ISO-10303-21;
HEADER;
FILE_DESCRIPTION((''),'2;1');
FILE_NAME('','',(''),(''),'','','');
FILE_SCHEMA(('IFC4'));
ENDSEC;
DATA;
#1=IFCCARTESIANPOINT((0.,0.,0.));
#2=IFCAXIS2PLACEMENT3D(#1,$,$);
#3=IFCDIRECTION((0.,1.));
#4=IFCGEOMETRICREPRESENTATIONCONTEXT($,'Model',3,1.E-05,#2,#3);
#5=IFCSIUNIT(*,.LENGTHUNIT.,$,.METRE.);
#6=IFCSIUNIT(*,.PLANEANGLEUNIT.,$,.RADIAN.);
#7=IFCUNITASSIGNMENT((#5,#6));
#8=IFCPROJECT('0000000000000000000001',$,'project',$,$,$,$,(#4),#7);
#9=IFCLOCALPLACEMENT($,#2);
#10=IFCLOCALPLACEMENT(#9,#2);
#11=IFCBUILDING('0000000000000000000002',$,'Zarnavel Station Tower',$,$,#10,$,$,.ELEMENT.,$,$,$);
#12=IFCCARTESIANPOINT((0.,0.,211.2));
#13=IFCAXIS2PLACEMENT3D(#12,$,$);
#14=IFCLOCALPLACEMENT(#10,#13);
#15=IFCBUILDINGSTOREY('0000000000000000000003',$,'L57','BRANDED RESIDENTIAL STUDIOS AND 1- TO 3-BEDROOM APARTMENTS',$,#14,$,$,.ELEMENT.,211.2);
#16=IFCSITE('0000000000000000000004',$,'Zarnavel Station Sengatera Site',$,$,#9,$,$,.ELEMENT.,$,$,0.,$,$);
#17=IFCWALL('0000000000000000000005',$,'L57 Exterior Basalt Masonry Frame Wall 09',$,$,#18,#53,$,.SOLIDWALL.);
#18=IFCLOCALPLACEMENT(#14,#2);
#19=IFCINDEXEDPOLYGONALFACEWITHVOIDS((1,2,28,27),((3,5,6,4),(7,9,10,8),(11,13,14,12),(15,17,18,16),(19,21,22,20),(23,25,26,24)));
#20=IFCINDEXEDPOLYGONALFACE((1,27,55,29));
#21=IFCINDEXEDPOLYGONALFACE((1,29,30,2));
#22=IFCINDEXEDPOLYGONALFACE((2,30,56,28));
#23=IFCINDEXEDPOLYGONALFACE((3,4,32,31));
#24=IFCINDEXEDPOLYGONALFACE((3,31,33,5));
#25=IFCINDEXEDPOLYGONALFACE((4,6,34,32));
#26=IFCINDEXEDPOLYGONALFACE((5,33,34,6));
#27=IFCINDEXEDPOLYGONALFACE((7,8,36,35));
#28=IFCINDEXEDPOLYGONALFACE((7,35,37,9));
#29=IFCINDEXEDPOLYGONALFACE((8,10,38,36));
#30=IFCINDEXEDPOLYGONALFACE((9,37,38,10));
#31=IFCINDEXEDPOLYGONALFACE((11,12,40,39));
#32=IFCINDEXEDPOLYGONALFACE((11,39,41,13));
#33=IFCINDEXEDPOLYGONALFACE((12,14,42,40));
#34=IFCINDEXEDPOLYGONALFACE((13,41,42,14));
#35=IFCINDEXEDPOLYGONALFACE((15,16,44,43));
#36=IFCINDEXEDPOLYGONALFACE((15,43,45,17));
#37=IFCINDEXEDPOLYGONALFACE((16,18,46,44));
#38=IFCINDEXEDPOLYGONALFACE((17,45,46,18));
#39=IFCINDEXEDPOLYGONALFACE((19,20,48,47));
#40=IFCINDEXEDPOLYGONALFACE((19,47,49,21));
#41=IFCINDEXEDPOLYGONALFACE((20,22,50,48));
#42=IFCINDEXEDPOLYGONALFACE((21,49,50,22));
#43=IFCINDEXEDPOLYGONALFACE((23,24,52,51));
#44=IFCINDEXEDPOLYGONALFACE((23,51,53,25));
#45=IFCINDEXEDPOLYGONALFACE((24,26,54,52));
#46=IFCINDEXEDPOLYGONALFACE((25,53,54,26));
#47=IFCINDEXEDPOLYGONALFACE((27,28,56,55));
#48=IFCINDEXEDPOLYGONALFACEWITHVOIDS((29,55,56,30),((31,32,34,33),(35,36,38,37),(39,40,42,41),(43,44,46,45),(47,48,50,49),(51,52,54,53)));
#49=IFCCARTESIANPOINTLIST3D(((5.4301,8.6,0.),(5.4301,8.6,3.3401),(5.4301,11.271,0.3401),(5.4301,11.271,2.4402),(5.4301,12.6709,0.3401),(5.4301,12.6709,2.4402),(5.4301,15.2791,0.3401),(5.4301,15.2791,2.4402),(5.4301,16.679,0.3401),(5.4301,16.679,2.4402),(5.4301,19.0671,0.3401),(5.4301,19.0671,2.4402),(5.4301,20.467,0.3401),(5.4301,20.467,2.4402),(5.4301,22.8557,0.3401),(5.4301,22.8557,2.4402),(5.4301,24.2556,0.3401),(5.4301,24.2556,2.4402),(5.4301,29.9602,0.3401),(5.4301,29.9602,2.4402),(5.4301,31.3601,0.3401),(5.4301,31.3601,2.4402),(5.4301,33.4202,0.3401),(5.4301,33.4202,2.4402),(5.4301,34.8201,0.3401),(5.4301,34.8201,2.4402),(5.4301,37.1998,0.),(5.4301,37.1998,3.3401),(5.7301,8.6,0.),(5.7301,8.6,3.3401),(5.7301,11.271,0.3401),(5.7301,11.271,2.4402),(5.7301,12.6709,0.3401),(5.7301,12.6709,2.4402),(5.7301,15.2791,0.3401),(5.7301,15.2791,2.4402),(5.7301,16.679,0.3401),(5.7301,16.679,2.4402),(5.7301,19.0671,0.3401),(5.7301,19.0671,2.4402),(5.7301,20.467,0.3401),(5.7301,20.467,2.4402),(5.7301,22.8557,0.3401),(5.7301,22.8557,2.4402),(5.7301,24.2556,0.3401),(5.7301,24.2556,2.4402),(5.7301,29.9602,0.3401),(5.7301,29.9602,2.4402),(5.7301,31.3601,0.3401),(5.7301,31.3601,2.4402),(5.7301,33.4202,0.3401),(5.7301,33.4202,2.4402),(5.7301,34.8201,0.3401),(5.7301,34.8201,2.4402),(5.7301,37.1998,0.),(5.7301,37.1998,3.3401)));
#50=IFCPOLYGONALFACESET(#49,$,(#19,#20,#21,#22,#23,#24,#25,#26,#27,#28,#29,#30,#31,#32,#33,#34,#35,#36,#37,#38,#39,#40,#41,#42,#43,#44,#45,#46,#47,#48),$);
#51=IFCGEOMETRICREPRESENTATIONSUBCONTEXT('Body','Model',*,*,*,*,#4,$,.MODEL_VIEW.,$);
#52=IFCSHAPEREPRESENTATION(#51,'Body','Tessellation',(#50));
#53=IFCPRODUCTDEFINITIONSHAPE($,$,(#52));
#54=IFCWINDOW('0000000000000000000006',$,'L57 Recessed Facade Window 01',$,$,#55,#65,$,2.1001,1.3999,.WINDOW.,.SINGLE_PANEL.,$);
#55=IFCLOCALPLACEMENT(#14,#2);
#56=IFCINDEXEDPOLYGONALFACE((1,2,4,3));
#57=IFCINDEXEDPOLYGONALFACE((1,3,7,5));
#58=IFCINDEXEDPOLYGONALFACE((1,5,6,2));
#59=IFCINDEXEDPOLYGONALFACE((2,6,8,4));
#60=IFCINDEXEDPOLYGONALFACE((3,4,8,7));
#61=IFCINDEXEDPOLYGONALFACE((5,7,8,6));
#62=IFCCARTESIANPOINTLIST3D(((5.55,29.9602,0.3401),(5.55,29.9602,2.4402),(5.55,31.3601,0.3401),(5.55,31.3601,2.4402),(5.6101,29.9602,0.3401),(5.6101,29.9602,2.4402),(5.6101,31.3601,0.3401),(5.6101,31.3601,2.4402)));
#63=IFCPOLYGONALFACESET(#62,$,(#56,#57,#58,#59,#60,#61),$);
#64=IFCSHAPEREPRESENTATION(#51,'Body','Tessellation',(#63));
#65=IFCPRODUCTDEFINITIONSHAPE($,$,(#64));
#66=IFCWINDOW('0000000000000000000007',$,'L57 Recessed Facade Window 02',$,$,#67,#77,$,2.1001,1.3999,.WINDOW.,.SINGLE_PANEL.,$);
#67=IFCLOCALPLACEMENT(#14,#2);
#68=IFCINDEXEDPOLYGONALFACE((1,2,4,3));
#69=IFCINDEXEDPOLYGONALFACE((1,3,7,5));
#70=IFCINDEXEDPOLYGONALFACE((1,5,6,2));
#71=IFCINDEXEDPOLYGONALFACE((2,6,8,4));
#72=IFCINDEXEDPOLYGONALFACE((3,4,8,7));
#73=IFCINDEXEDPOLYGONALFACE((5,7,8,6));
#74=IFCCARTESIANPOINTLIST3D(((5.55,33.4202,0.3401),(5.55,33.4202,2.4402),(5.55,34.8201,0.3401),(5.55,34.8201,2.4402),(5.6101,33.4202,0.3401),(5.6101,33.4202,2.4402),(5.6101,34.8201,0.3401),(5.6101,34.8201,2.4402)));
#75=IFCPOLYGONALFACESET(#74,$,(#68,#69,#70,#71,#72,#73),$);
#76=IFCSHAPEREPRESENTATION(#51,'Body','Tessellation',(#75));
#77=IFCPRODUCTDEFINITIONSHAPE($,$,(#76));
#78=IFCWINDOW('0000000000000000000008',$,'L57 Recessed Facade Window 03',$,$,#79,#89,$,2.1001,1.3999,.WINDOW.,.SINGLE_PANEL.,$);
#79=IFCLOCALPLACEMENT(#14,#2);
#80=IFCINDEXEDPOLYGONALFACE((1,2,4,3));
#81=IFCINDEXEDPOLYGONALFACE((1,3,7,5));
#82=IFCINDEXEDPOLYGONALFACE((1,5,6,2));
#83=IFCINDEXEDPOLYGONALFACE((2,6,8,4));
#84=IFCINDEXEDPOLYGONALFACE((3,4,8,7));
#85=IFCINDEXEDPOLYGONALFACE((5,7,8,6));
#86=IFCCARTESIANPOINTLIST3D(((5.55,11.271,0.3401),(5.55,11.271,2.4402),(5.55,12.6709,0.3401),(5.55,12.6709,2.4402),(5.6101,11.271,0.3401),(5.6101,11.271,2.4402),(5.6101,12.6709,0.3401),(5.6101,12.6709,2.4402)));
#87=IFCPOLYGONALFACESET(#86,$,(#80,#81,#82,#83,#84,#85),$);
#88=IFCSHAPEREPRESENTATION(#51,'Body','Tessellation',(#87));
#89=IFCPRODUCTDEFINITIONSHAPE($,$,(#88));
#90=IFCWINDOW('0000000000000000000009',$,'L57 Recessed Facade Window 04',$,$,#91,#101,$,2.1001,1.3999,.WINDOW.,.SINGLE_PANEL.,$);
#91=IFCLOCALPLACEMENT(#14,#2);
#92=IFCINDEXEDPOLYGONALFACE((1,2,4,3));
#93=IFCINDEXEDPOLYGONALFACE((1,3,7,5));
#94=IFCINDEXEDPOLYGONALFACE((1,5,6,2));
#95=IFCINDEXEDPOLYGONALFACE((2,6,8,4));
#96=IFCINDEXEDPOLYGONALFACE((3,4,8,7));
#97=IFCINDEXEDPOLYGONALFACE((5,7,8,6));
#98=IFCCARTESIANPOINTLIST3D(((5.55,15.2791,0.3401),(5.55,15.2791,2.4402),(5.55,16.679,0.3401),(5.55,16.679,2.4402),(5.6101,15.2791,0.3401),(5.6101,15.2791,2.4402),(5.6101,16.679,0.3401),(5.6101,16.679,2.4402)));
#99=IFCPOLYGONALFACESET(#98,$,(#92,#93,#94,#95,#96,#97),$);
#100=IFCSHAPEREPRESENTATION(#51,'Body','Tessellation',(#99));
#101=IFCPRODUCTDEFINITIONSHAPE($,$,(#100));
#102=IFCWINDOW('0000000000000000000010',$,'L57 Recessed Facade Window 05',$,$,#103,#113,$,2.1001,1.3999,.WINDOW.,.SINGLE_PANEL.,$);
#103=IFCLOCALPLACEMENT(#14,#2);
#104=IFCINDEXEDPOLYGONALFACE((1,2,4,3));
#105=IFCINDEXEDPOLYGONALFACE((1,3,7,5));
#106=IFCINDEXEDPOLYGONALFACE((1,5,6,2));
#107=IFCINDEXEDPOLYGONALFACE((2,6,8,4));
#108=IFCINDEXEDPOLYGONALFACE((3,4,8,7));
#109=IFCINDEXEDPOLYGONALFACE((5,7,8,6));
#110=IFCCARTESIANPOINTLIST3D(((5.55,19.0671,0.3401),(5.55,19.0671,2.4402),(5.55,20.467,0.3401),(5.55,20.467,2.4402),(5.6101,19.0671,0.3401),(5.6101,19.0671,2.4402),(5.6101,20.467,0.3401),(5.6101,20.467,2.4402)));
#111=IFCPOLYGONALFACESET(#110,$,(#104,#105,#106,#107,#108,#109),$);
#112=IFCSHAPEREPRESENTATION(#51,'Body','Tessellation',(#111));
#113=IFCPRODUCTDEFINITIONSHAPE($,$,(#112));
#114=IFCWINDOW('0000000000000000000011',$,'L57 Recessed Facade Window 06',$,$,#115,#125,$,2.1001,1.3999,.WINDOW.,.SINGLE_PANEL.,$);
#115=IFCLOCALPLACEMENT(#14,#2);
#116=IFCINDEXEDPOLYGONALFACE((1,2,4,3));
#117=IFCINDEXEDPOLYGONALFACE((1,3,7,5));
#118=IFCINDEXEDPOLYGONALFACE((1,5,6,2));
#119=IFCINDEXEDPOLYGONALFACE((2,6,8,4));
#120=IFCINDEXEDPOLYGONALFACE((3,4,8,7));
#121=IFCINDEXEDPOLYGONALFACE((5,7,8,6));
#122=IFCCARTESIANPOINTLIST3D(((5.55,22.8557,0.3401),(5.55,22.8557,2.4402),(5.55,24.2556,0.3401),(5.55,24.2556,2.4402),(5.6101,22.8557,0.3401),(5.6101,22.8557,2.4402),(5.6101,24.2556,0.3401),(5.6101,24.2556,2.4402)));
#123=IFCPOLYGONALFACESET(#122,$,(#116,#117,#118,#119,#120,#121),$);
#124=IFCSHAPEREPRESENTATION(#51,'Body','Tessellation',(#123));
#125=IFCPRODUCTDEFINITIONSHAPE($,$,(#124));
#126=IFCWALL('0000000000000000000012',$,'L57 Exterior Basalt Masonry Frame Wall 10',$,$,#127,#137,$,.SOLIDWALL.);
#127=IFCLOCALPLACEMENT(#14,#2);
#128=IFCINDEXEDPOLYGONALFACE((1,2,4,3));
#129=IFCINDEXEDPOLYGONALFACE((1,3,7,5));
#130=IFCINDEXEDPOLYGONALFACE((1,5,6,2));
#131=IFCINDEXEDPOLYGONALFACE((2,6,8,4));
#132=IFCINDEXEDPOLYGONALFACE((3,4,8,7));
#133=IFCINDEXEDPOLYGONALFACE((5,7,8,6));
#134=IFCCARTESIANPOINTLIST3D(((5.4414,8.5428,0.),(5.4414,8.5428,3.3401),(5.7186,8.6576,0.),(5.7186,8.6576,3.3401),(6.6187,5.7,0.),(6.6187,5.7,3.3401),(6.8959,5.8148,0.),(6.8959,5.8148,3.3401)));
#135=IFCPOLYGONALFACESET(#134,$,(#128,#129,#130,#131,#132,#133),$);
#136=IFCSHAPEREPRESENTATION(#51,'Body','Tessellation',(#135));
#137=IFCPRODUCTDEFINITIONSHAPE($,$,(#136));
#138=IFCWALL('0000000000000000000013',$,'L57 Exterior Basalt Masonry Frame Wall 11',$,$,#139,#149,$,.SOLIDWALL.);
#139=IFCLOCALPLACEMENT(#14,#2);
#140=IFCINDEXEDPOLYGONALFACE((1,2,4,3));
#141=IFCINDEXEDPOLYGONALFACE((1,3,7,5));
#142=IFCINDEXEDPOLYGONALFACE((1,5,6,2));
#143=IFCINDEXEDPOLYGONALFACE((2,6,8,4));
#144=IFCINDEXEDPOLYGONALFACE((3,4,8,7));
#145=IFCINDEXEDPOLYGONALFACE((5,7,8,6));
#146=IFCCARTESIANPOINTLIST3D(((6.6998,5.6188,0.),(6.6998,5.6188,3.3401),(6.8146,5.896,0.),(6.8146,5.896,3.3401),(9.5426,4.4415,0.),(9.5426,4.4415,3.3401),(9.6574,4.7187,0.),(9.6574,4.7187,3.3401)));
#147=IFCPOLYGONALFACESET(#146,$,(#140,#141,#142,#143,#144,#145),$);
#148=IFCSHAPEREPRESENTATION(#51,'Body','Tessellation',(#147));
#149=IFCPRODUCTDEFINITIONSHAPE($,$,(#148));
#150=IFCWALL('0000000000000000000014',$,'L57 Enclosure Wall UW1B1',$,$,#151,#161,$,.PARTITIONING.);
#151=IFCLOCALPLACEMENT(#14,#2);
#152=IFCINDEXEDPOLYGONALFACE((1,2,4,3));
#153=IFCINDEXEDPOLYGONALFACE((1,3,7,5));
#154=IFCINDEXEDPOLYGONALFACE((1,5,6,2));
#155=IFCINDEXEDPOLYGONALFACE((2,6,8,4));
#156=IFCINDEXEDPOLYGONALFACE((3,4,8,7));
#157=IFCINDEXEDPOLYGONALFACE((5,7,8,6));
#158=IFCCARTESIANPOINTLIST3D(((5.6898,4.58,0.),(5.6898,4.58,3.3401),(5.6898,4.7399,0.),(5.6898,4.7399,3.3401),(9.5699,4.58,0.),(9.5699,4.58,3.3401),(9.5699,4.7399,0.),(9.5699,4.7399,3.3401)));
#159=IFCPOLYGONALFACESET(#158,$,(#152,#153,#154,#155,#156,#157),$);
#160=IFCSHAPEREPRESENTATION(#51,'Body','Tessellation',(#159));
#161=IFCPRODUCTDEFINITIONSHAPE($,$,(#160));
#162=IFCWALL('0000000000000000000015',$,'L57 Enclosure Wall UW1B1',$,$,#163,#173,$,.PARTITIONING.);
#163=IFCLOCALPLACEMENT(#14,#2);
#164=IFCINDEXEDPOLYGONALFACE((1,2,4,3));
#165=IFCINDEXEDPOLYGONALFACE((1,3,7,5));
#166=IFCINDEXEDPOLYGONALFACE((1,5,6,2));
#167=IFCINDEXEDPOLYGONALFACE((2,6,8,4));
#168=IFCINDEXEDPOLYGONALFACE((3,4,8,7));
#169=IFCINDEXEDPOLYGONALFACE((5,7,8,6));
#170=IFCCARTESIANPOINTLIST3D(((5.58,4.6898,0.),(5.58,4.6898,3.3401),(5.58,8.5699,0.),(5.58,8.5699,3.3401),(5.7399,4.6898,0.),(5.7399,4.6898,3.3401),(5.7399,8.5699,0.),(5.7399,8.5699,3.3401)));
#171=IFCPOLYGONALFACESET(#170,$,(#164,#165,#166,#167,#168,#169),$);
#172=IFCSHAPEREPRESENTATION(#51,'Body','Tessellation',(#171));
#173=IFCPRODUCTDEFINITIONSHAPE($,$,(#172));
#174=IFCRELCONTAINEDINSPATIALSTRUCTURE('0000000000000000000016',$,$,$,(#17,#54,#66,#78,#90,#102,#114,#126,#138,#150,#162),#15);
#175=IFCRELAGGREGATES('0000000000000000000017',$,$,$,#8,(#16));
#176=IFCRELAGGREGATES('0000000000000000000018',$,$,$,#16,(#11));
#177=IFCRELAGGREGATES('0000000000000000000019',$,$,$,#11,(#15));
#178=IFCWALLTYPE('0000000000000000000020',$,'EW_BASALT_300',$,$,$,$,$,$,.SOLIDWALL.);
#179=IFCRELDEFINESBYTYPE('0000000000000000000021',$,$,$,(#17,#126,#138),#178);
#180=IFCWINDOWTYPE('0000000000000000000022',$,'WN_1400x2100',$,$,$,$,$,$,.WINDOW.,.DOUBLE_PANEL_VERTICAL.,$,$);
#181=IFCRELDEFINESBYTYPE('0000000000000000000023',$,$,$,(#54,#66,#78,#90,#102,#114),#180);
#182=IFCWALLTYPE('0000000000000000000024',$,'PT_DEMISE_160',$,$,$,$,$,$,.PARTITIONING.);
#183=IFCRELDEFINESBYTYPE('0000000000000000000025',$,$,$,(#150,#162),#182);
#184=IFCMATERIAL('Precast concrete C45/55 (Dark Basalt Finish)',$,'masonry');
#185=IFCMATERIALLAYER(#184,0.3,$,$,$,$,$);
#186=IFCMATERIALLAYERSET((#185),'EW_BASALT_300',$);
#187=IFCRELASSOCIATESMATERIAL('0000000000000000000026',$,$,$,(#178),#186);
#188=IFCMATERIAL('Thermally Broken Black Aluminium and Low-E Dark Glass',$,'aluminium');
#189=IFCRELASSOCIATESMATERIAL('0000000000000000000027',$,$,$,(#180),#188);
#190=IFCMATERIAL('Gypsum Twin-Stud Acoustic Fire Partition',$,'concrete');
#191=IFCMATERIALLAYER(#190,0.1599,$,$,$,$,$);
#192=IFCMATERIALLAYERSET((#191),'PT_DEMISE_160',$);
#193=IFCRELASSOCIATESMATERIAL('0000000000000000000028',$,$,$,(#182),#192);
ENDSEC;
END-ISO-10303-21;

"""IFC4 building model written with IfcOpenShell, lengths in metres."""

from ifc_helpers import new_model, si_unit, direction, frame, frame_2d, origin, place, context, subcontext, project, spatial, rectangle, extrude, material, layer, layer_set, type_object, element, fill, save


model = new_model("IFC4")

# Units and contexts
model_context = context("Model", 3, precision=1e-05, world=origin(), true_north=direction((0.0, 1.0)))
body_context = subcontext(model_context, "Body", "Model", "MODEL_VIEW")
ifc_project = project(units=[si_unit("LENGTHUNIT", "METRE"), si_unit("PLANEANGLEUNIT", "RADIAN")], contexts=[model_context])

# Site, building, storey
site_placement = place(None, origin())
site = spatial("IfcSite", under=ifc_project, at=site_placement, Name="Zarnavel Station Sengatera Site", CompositionType="ELEMENT", RefElevation=0.0)
building_placement = place(site_placement, origin())
building = spatial("IfcBuilding", under=site, at=building_placement, Name="Zarnavel Station Tower", CompositionType="ELEMENT")
storey_placement = place(building_placement, frame((0.0, 0.0, 211.2)))
storey = spatial("IfcBuildingStorey", under=building, at=storey_placement, Name="L57", Description="BRANDED RESIDENTIAL STUDIOS AND 1- TO 3-BEDROOM APARTMENTS", CompositionType="ELEMENT", Elevation=211.2)

# Wall, openings, windows
ifc_material_1 = material(Name="Precast concrete C45/55 (Dark Basalt Finish)", Category="masonry")
ifc_layer_1 = layer(ifc_material_1, 0.3)
ifc_layer_set_1 = layer_set([ifc_layer_1], Name="EW_BASALT_300")
wall_type_1 = type_object("IfcWallType", Name="EW_BASALT_300", PredefinedType="SOLIDWALL", material=ifc_layer_set_1)
wall_placement = place(storey_placement, frame((5.5801, 8.6001, 0.0), z_axis=(0.0, 0.0, 1.0), x_axis=(0.0, 1.0, 0.0)))
wall = element("IfcWall", 1, at=wall_placement, inside=storey, type_object=wall_type_1, Name="L57 Exterior Basalt Masonry Frame Wall 09", PredefinedType="SOLIDWALL", context=body_context, shape_type="SweptSolid", body=[
    extrude(rectangle(XDim=28.5999, YDim=0.3, at=frame_2d((14.2998, 0.0))), origin(), (0.0, 0.0, 1.0), 3.3401),
])
opening_1_placement = place(wall_placement, frame((21.3601, 0.0, 0.3401)))
opening_1 = element("IfcOpeningElement", 2, at=opening_1_placement, cuts=wall, PredefinedType="OPENING", context=body_context, shape_type="SweptSolid", body=[
    extrude(rectangle(XDim=1.3999, YDim=2.1001, at=frame_2d((0.7, 1.05))), frame((0.0, 0.1599, 0.0), z_axis=(0.0, -1.0, 0.0), x_axis=(1.0, 0.0, 0.0)), (0.0, 0.0, 1.0), 0.3201),
])
opening_2_placement = place(wall_placement, frame((24.8201, 0.0, 0.3401)))
opening_2 = element("IfcOpeningElement", 3, at=opening_2_placement, cuts=wall, PredefinedType="OPENING", context=body_context, shape_type="SweptSolid", body=[
    extrude(rectangle(XDim=1.3999, YDim=2.1001, at=frame_2d((0.7, 1.05))), frame((0.0, 0.1599, 0.0), z_axis=(0.0, -1.0, 0.0), x_axis=(1.0, 0.0, 0.0)), (0.0, 0.0, 1.0), 0.3201),
])
opening_3_placement = place(wall_placement, frame((2.6709, 0.0, 0.3401)))
opening_3 = element("IfcOpeningElement", 4, at=opening_3_placement, cuts=wall, PredefinedType="OPENING", context=body_context, shape_type="SweptSolid", body=[
    extrude(rectangle(XDim=1.3999, YDim=2.1001, at=frame_2d((0.7, 1.05))), frame((0.0, 0.1599, 0.0), z_axis=(0.0, -1.0, 0.0), x_axis=(1.0, 0.0, 0.0)), (0.0, 0.0, 1.0), 0.3201),
])
opening_4_placement = place(wall_placement, frame((6.679, 0.0, 0.3401)))
opening_4 = element("IfcOpeningElement", 5, at=opening_4_placement, cuts=wall, PredefinedType="OPENING", context=body_context, shape_type="SweptSolid", body=[
    extrude(rectangle(XDim=1.3999, YDim=2.1001, at=frame_2d((0.7, 1.05))), frame((0.0, 0.1599, 0.0), z_axis=(0.0, -1.0, 0.0), x_axis=(1.0, 0.0, 0.0)), (0.0, 0.0, 1.0), 0.3201),
])
opening_5_placement = place(wall_placement, frame((10.467, 0.0, 0.3401)))
opening_5 = element("IfcOpeningElement", 6, at=opening_5_placement, cuts=wall, PredefinedType="OPENING", context=body_context, shape_type="SweptSolid", body=[
    extrude(rectangle(XDim=1.3999, YDim=2.1001, at=frame_2d((0.7, 1.05))), frame((0.0, 0.1599, 0.0), z_axis=(0.0, -1.0, 0.0), x_axis=(1.0, 0.0, 0.0)), (0.0, 0.0, 1.0), 0.3201),
])
opening_6_placement = place(wall_placement, frame((14.2556, 0.0, 0.3401)))
opening_6 = element("IfcOpeningElement", 7, at=opening_6_placement, cuts=wall, PredefinedType="OPENING", context=body_context, shape_type="SweptSolid", body=[
    extrude(rectangle(XDim=1.3999, YDim=2.1001, at=frame_2d((0.7, 1.05))), frame((0.0, 0.1599, 0.0), z_axis=(0.0, -1.0, 0.0), x_axis=(1.0, 0.0, 0.0)), (0.0, 0.0, 1.0), 0.3201),
])
ifc_material_2 = material(Name="Thermally Broken Black Aluminium and Low-E Dark Glass", Category="aluminium")
window_type = type_object("IfcWindowType", Name="WN_1400x2100", PartitioningType="DOUBLE_PANEL_VERTICAL", PredefinedType="WINDOW", material=ifc_material_2)
window_1_placement = place(opening_1_placement, origin())
window_1 = element("IfcWindow", 8, at=window_1_placement, inside=storey, type_object=window_type, Name="L57 Recessed Facade Window 01", OverallHeight=2.1001, OverallWidth=1.3999, PartitioningType="SINGLE_PANEL", PredefinedType="WINDOW", context=body_context, shape_type="SweptSolid", body=[
    extrude(rectangle(XDim=1.3999, YDim=2.1001, at=frame_2d((0.7, 1.05))), frame((0.0, 0.03, 0.0), z_axis=(0.0, -1.0, 0.0), x_axis=(1.0, 0.0, 0.0)), (0.0, 0.0, 1.0), 0.0601),
])
fill(opening_1, window_1)
window_2_placement = place(opening_2_placement, origin())
window_2 = element("IfcWindow", 9, at=window_2_placement, inside=storey, type_object=window_type, Name="L57 Recessed Facade Window 02", OverallHeight=2.1001, OverallWidth=1.3999, PartitioningType="SINGLE_PANEL", PredefinedType="WINDOW", context=body_context, shape_type="SweptSolid", body=[
    extrude(rectangle(XDim=1.3999, YDim=2.1001, at=frame_2d((0.7, 1.05))), frame((0.0, 0.03, 0.0), z_axis=(0.0, -1.0, 0.0), x_axis=(1.0, 0.0, 0.0)), (0.0, 0.0, 1.0), 0.0601),
])
fill(opening_2, window_2)
window_3_placement = place(opening_3_placement, origin())
window_3 = element("IfcWindow", 10, at=window_3_placement, inside=storey, type_object=window_type, Name="L57 Recessed Facade Window 03", OverallHeight=2.1001, OverallWidth=1.3999, PartitioningType="SINGLE_PANEL", PredefinedType="WINDOW", context=body_context, shape_type="SweptSolid", body=[
    extrude(rectangle(XDim=1.3999, YDim=2.1001, at=frame_2d((0.7, 1.05))), frame((0.0, 0.03, 0.0), z_axis=(0.0, -1.0, 0.0), x_axis=(1.0, 0.0, 0.0)), (0.0, 0.0, 1.0), 0.0601),
])
fill(opening_3, window_3)
window_4_placement = place(opening_4_placement, origin())
window_4 = element("IfcWindow", 11, at=window_4_placement, inside=storey, type_object=window_type, Name="L57 Recessed Facade Window 04", OverallHeight=2.1001, OverallWidth=1.3999, PartitioningType="SINGLE_PANEL", PredefinedType="WINDOW", context=body_context, shape_type="SweptSolid", body=[
    extrude(rectangle(XDim=1.3999, YDim=2.1001, at=frame_2d((0.7, 1.05))), frame((0.0, 0.03, 0.0), z_axis=(0.0, -1.0, 0.0), x_axis=(1.0, 0.0, 0.0)), (0.0, 0.0, 1.0), 0.0601),
])
fill(opening_4, window_4)
window_5_placement = place(opening_5_placement, origin())
window_5 = element("IfcWindow", 12, at=window_5_placement, inside=storey, type_object=window_type, Name="L57 Recessed Facade Window 05", OverallHeight=2.1001, OverallWidth=1.3999, PartitioningType="SINGLE_PANEL", PredefinedType="WINDOW", context=body_context, shape_type="SweptSolid", body=[
    extrude(rectangle(XDim=1.3999, YDim=2.1001, at=frame_2d((0.7, 1.05))), frame((0.0, 0.03, 0.0), z_axis=(0.0, -1.0, 0.0), x_axis=(1.0, 0.0, 0.0)), (0.0, 0.0, 1.0), 0.0601),
])
fill(opening_5, window_5)
window_6_placement = place(opening_6_placement, origin())
window_6 = element("IfcWindow", 13, at=window_6_placement, inside=storey, type_object=window_type, Name="L57 Recessed Facade Window 06", OverallHeight=2.1001, OverallWidth=1.3999, PartitioningType="SINGLE_PANEL", PredefinedType="WINDOW", context=body_context, shape_type="SweptSolid", body=[
    extrude(rectangle(XDim=1.3999, YDim=2.1001, at=frame_2d((0.7, 1.05))), frame((0.0, 0.03, 0.0), z_axis=(0.0, -1.0, 0.0), x_axis=(1.0, 0.0, 0.0)), (0.0, 0.0, 1.0), 0.0601),
])
fill(opening_6, window_6)

# Walls
for number, where, z_axis, x_axis, name in (
    (14, (6.7573, 5.7573, 0.0), (0.0, 0.0, 1.0), (-0.382609, 0.92391, 0.0), "L57 Exterior Basalt Masonry Frame Wall 10"),
    (15, (9.6001, 4.5801, 0.0), (0.0, 0.0, 1.0), (-0.92391, 0.382609, 0.0), "L57 Exterior Basalt Masonry Frame Wall 11"),
):
    element("IfcWall", number, at=place(storey_placement, frame(where, z_axis=z_axis, x_axis=x_axis)), inside=storey, type_object=wall_type_1, Name=name, PredefinedType="SOLIDWALL", context=body_context, shape_type="SweptSolid", body=[
        extrude(rectangle(XDim=3.0769, YDim=0.3, at=frame_2d((1.5386, 0.0))), origin(), (0.0, 0.0, 1.0), 3.3401),
    ])
ifc_material_3 = material(Name="Gypsum Twin-Stud Acoustic Fire Partition", Category="concrete")
ifc_layer_2 = layer(ifc_material_3, 0.1599)
ifc_layer_set_2 = layer_set([ifc_layer_2], Name="PT_DEMISE_160")
wall_type_2 = type_object("IfcWallType", Name="PT_DEMISE_160", PredefinedType="PARTITIONING", material=ifc_layer_set_2)
for number, where, z_axis, x_axis, name in (
    (16, (5.6899, 4.6599, 0.0), (0.0, 0.0, 1.0), (1.0, 0.0, 0.0), "L57 Enclosure Wall UW1B1"),
    (17, (5.6599, 4.6899, 0.0), (0.0, 0.0, 1.0), (0.0, 1.0, 0.0), "L57 Enclosure Wall UW1B1"),
):
    element("IfcWall", number, at=place(storey_placement, frame(where, z_axis=z_axis, x_axis=x_axis)), inside=storey, type_object=wall_type_2, Name=name, PredefinedType="PARTITIONING", context=body_context, shape_type="SweptSolid", body=[
        extrude(rectangle(XDim=3.8801, YDim=0.1599, at=frame_2d((1.9399, 0.0))), origin(), (0.0, 0.0, 1.0), 3.3401),
    ])

save(model, "model.ifc")
